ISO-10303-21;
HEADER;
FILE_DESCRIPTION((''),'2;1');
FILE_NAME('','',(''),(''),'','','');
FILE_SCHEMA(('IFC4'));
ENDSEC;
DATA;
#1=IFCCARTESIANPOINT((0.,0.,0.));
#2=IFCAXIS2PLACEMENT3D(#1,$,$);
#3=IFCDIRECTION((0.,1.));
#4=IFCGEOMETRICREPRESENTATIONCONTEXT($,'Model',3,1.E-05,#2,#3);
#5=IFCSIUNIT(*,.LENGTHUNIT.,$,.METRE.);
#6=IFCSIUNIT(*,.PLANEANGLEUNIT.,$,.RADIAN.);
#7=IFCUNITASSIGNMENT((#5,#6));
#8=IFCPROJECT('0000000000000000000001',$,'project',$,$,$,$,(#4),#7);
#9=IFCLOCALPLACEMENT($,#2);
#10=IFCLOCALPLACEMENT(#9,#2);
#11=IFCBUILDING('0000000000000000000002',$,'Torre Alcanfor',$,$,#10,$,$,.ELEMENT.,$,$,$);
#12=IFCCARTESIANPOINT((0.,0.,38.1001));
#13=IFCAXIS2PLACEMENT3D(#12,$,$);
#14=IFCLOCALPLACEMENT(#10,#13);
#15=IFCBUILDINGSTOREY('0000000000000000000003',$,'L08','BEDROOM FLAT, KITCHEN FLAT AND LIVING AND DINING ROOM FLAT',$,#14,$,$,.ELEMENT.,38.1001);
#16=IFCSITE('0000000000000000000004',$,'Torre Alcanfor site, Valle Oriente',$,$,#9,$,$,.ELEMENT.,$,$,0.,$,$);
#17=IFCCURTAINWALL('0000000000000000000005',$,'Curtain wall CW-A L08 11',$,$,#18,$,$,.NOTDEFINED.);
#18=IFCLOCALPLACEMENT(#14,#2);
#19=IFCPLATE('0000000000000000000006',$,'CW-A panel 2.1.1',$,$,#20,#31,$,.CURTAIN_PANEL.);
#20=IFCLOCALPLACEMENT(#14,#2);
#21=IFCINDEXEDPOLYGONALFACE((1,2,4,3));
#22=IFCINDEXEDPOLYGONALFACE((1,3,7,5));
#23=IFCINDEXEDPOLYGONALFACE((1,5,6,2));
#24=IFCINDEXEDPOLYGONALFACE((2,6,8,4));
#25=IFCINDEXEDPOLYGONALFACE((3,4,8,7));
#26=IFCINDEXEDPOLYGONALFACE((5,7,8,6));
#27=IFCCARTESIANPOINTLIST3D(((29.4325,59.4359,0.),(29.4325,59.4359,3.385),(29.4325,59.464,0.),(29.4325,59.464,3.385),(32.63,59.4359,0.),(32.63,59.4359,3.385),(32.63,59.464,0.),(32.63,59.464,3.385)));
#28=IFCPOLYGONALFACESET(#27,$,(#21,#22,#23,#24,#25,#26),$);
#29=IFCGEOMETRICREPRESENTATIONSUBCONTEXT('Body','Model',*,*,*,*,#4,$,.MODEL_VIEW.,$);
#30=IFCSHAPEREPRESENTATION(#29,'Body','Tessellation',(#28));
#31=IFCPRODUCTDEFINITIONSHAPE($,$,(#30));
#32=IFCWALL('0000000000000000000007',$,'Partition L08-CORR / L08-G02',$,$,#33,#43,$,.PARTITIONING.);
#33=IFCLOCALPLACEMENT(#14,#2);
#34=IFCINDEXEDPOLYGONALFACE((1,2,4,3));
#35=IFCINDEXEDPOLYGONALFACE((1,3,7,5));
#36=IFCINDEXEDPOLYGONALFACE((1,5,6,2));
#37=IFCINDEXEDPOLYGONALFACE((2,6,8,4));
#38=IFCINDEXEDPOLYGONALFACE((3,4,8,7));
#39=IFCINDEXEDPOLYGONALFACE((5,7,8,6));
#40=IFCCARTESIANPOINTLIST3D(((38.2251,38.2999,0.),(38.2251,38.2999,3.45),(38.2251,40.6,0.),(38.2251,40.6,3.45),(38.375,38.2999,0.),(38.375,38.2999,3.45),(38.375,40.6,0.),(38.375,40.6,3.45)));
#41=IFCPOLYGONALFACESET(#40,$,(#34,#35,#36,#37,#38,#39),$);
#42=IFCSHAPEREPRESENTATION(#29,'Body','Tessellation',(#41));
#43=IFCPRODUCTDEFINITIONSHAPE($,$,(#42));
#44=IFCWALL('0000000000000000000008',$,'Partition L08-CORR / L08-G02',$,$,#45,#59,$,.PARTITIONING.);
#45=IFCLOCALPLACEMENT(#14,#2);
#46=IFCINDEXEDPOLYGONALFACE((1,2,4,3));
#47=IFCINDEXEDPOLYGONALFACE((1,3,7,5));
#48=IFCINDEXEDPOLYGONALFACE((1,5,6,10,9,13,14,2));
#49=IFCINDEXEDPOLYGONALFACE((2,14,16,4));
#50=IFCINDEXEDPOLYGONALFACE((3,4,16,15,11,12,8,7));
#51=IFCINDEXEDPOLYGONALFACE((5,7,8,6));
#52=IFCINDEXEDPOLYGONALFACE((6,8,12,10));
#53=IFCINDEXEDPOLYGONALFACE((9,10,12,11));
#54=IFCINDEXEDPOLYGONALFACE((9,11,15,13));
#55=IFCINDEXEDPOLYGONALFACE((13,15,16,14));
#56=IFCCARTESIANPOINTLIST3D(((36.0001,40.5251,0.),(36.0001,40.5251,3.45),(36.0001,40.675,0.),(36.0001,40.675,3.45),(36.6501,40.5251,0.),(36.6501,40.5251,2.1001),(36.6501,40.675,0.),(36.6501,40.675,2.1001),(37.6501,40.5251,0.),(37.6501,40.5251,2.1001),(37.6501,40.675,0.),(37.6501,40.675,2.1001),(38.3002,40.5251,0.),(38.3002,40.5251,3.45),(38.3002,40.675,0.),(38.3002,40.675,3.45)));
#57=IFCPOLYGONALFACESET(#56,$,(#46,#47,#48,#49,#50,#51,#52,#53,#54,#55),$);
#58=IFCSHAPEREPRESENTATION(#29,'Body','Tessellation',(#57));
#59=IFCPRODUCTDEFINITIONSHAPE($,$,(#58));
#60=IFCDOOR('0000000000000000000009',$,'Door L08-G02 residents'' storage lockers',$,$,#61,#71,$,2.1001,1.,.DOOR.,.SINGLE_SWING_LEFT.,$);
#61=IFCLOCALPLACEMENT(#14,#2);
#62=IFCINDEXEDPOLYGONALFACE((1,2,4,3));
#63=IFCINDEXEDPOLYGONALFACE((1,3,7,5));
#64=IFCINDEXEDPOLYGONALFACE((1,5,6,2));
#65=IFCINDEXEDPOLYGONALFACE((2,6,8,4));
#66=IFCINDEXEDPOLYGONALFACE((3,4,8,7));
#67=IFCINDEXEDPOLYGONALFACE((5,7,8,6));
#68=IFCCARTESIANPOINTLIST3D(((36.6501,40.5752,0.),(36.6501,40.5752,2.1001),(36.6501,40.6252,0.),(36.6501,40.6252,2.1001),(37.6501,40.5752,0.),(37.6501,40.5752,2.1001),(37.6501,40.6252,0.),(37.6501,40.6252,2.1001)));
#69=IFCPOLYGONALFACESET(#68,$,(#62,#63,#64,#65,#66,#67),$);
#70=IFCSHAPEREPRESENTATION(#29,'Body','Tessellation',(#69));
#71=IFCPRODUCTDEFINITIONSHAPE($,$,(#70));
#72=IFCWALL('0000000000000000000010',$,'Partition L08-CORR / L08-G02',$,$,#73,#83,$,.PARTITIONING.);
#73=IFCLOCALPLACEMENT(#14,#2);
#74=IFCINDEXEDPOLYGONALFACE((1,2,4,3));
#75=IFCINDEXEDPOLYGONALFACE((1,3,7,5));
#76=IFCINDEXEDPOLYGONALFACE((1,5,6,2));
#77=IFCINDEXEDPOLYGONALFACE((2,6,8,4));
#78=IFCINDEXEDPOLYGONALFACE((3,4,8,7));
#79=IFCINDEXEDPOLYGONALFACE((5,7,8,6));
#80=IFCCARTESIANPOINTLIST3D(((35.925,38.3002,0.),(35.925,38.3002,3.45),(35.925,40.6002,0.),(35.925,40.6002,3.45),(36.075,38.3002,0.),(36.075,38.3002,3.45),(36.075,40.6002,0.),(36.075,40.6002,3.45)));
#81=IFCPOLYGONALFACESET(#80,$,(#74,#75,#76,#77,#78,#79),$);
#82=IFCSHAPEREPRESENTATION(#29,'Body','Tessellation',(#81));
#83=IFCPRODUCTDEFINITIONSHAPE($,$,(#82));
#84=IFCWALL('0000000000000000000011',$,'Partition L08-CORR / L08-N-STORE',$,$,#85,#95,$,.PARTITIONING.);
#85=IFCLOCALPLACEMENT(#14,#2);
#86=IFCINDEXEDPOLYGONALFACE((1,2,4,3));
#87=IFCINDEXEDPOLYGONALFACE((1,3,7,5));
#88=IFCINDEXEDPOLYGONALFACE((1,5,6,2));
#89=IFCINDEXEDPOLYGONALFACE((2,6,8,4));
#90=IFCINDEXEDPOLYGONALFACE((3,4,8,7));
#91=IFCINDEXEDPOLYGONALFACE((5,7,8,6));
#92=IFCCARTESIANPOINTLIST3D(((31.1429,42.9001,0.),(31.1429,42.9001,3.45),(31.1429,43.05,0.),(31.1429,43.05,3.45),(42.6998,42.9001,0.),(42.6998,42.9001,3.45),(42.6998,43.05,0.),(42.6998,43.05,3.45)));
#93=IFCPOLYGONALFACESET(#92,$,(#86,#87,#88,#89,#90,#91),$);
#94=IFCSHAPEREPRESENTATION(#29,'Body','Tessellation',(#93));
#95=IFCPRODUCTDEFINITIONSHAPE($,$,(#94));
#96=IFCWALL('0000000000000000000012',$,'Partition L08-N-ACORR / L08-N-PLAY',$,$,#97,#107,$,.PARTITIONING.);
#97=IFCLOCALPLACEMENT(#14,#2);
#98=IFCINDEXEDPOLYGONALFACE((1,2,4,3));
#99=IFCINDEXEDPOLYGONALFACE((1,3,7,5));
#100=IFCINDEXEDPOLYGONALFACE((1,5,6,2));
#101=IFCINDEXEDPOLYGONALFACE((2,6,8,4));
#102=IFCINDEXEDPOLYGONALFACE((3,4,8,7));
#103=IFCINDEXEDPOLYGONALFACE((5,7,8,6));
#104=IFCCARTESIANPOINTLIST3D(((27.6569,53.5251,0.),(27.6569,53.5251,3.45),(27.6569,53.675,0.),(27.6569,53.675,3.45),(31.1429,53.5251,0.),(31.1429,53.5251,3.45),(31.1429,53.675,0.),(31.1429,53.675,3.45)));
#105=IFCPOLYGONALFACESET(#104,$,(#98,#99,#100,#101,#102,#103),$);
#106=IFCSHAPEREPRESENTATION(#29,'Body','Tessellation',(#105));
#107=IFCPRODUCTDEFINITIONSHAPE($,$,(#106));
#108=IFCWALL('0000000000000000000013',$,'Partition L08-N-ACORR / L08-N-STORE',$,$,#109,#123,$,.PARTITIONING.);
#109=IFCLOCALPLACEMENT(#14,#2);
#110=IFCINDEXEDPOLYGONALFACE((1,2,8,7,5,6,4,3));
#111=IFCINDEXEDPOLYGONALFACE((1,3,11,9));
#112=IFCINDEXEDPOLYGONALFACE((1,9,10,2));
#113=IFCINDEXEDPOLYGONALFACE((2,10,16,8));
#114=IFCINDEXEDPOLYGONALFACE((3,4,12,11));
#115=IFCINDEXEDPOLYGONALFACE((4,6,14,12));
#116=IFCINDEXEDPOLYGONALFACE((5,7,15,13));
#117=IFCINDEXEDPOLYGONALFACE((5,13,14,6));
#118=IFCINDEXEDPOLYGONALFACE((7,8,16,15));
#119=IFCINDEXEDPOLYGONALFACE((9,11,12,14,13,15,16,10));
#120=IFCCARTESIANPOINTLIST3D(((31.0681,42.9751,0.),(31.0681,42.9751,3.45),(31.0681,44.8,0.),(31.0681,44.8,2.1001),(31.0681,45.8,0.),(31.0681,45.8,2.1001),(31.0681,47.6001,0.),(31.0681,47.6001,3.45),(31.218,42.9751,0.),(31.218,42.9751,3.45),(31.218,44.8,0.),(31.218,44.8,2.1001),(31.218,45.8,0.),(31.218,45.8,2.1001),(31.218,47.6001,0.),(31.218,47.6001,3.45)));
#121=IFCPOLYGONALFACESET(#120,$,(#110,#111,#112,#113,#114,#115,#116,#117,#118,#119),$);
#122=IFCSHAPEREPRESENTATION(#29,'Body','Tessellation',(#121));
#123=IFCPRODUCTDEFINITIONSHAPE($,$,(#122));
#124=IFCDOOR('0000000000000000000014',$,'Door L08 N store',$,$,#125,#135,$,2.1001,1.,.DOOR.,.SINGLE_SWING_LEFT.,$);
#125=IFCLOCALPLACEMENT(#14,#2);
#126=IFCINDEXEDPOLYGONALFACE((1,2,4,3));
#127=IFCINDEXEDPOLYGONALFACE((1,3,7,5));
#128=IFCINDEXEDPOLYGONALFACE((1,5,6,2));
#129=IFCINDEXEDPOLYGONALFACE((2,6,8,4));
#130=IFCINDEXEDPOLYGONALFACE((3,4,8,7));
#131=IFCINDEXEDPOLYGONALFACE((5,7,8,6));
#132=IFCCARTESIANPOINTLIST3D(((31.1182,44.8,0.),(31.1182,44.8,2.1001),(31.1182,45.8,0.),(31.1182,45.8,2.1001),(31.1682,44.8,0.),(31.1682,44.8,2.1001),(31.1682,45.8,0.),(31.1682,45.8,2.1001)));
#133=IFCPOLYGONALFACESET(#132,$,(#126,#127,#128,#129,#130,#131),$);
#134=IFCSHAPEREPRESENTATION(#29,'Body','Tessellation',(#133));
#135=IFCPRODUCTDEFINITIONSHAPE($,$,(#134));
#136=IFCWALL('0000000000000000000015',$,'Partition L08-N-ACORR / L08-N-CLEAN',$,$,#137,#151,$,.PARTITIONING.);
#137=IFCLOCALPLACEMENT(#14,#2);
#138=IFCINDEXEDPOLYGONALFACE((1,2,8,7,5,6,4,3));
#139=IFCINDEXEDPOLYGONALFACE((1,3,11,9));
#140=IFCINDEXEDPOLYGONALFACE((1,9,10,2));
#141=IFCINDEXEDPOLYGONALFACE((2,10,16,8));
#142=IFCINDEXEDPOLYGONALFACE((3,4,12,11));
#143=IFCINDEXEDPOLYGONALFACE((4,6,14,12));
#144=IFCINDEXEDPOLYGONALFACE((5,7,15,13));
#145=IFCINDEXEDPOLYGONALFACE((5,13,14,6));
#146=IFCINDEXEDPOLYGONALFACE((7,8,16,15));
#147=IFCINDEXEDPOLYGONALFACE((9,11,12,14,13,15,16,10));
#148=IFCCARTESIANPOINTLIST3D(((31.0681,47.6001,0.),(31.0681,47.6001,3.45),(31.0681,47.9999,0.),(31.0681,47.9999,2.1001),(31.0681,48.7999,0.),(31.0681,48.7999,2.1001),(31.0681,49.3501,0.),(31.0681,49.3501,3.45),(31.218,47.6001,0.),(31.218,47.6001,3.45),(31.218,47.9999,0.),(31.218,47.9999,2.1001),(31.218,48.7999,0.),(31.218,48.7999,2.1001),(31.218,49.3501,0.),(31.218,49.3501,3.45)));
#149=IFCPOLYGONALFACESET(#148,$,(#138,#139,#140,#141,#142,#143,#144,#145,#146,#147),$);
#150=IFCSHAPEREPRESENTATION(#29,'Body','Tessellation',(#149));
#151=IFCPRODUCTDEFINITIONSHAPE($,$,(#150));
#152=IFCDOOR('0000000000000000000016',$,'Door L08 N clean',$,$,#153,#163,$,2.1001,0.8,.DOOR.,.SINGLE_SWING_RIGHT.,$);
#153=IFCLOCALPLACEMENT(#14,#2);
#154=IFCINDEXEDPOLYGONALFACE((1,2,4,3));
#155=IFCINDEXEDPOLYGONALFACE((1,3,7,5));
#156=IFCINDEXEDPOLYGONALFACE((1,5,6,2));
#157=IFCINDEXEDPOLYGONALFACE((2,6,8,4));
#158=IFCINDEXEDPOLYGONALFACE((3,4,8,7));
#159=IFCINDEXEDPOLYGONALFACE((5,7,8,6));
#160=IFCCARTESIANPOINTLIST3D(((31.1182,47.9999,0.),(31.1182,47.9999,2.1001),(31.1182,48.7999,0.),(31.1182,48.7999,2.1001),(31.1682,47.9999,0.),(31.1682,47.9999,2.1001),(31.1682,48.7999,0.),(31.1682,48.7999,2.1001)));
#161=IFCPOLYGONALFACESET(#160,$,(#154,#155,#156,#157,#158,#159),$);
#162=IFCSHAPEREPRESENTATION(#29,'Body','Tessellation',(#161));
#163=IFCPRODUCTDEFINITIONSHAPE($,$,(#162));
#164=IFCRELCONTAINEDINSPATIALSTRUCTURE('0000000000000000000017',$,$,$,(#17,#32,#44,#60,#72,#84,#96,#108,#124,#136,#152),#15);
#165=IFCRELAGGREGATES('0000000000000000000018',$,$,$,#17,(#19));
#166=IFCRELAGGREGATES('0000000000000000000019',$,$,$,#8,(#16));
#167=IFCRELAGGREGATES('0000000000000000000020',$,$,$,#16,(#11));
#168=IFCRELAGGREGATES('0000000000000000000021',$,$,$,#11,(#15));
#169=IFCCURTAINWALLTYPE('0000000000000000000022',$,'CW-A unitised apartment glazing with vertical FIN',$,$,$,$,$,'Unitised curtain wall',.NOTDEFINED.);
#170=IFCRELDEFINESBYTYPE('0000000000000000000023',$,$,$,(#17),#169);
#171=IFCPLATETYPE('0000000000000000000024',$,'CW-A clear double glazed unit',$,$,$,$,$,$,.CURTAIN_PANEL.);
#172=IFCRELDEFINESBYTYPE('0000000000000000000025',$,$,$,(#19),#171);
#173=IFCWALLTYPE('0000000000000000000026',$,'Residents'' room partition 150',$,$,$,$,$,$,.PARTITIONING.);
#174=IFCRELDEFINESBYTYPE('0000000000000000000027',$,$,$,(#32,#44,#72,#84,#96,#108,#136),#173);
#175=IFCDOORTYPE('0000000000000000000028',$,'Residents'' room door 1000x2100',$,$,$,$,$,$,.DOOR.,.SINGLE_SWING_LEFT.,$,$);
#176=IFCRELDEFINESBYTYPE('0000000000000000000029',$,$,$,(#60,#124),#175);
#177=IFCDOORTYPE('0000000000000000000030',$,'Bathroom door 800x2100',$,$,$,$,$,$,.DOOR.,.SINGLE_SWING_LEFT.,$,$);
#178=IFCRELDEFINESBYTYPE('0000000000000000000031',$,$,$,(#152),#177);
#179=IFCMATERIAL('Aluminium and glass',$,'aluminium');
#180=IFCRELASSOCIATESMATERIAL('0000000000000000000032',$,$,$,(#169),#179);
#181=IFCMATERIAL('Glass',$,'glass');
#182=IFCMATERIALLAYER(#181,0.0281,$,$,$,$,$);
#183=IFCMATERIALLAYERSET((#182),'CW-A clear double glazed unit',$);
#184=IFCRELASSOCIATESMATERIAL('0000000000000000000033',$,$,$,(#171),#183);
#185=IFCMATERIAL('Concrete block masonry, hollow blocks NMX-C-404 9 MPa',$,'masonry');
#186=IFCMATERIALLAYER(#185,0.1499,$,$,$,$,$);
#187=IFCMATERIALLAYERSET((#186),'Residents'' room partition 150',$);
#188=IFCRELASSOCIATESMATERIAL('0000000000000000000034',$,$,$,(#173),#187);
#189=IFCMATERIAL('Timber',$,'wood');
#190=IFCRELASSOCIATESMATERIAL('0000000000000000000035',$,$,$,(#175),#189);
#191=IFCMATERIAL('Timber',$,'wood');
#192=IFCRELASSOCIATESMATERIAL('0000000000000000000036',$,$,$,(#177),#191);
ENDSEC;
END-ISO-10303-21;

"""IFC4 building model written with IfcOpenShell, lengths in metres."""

from ifc_helpers import new_model, si_unit, direction, frame, frame_2d, origin, origin_2d, place, context, subcontext, project, spatial, rectangle, extrude, material, layer, layer_set, type_object, element, fill, aggregate, save


model = new_model("IFC4")

# Units and contexts
model_context = context("Model", 3, precision=1e-05, world=origin(), true_north=direction((0.0, 1.0)))
body_context = subcontext(model_context, "Body", "Model", "MODEL_VIEW")
ifc_project = project(units=[si_unit("LENGTHUNIT", "METRE"), si_unit("PLANEANGLEUNIT", "RADIAN")], contexts=[model_context])

# Site, building, storey
site_placement = place(None, origin())
site = spatial("IfcSite", under=ifc_project, at=site_placement, Name="Torre Alcanfor site, Valle Oriente", CompositionType="ELEMENT", RefElevation=0.0)
building_placement = place(site_placement, origin())
building = spatial("IfcBuilding", under=site, at=building_placement, Name="Torre Alcanfor", CompositionType="ELEMENT")
storey_placement = place(building_placement, frame((0.0, 0.0, 38.1001)))
storey = spatial("IfcBuildingStorey", under=building, at=storey_placement, Name="L08", Description="BEDROOM FLAT, KITCHEN FLAT AND LIVING AND DINING ROOM FLAT", CompositionType="ELEMENT", Elevation=38.1001)

# Curtain wall
ifc_material_1 = material(Name="Aluminium and glass", Category="aluminium")
curtain_wall_type = type_object("IfcCurtainWallType", Name="CW-A unitised apartment glazing with vertical FIN", ElementType="Unitised curtain wall", PredefinedType="NOTDEFINED", material=ifc_material_1)
curtain_wall_placement = place(storey_placement, origin())
curtain_wall = element("IfcCurtainWall", 1, at=curtain_wall_placement, inside=storey, type_object=curtain_wall_type, Name="Curtain wall CW-A L08 11", PredefinedType="NOTDEFINED")

# Plate
ifc_material_2 = material(Name="Glass", Category="glass")
ifc_layer_1 = layer(ifc_material_2, 0.0281)
ifc_layer_set_1 = layer_set([ifc_layer_1], Name="CW-A clear double glazed unit")
plate_type = type_object("IfcPlateType", Name="CW-A clear double glazed unit", PredefinedType="CURTAIN_PANEL", material=ifc_layer_set_1)
plate_1_placement = place(storey_placement, frame((31.0312, 59.45, 0.0), z_axis=(0.0, 0.0, 1.0), x_axis=(-1.0, 0.0, 0.0)))
plate_1 = element("IfcPlate", 2, at=plate_1_placement, type_object=plate_type, Name="CW-A panel 2.1.1", PredefinedType="CURTAIN_PANEL", context=body_context, shape_type="SweptSolid", body=[
    extrude(rectangle(XDim=3.1975, YDim=0.0281, at=origin_2d()), origin(), (0.0, 0.0, 1.0), 3.385),
])
aggregate(curtain_wall, [plate_1])

# Wall
ifc_material_3 = material(Name="Concrete block masonry, hollow blocks NMX-C-404 9 MPa", Category="masonry")
ifc_layer_2 = layer(ifc_material_3, 0.1499)
ifc_layer_set_2 = layer_set([ifc_layer_2], Name="Residents' room partition 150")
wall_type = type_object("IfcWallType", Name="Residents' room partition 150", PredefinedType="PARTITIONING", material=ifc_layer_set_2)
wall_1_placement = place(storey_placement, frame((38.3, 38.3, 0.0), z_axis=(0.0, 0.0, 1.0), x_axis=(0.0, 1.0, 0.0)))
element("IfcWall", 3, at=wall_1_placement, inside=storey, type_object=wall_type, Name="Partition L08-CORR / L08-G02", PredefinedType="PARTITIONING", context=body_context, shape_type="SweptSolid", body=[
    extrude(rectangle(XDim=2.3, YDim=0.1499, at=frame_2d((1.1499, 0.0))), origin(), (0.0, 0.0, 1.0), 3.45),
])

# Wall, opening, door
wall_2_placement = place(storey_placement, frame((38.3, 40.6001, 0.0), z_axis=(0.0, 0.0, 1.0), x_axis=(-1.0, 0.0, 0.0)))
wall_2 = element("IfcWall", 4, at=wall_2_placement, inside=storey, type_object=wall_type, Name="Partition L08-CORR / L08-G02", PredefinedType="PARTITIONING", context=body_context, shape_type="SweptSolid", body=[
    extrude(rectangle(XDim=2.3, YDim=0.1499, at=frame_2d((1.1499, 0.0))), origin(), (0.0, 0.0, 1.0), 3.45),
])
opening_1_placement = place(wall_2_placement, frame((0.6499, 0.0, 0.0)))
opening_1 = element("IfcOpeningElement", 5, at=opening_1_placement, cuts=wall_2, PredefinedType="OPENING", context=body_context, shape_type="SweptSolid", body=[
    extrude(rectangle(XDim=1.0, YDim=2.1001, at=frame_2d((0.5, 1.05))), frame((0.0, 0.085, 0.0), z_axis=(0.0, -1.0, 0.0), x_axis=(1.0, 0.0, 0.0)), (0.0, 0.0, 1.0), 0.1699),
])
ifc_material_4 = material(Name="Timber", Category="wood")
door_type_1 = type_object("IfcDoorType", Name="Residents' room door 1000x2100", OperationType="SINGLE_SWING_LEFT", PredefinedType="DOOR", material=ifc_material_4)
door_1_placement = place(opening_1_placement, origin())
door_1 = element("IfcDoor", 6, at=door_1_placement, inside=storey, type_object=door_type_1, Name="Door L08-G02 residents' storage lockers", OperationType="SINGLE_SWING_LEFT", OverallHeight=2.1001, OverallWidth=1.0, PredefinedType="DOOR", context=body_context, shape_type="SweptSolid", body=[
    extrude(rectangle(XDim=1.0, YDim=2.1001, at=frame_2d((0.5, 1.05))), frame((0.0, 0.0249, 0.0), z_axis=(0.0, -1.0, 0.0), x_axis=(1.0, 0.0, 0.0)), (0.0, 0.0, 1.0), 0.05),
])
fill(opening_1, door_1)

# Walls
wall_3_placement = place(storey_placement, frame((36.0, 40.6001, 0.0), z_axis=(0.0, 0.0, 1.0), x_axis=(0.0, -1.0, 0.0)))
element("IfcWall", 7, at=wall_3_placement, inside=storey, type_object=wall_type, Name="Partition L08-CORR / L08-G02", PredefinedType="PARTITIONING", context=body_context, shape_type="SweptSolid", body=[
    extrude(rectangle(XDim=2.3, YDim=0.1499, at=frame_2d((1.1499, 0.0))), origin(), (0.0, 0.0, 1.0), 3.45),
])
wall_4_placement = place(storey_placement, frame((31.1431, 42.9751, 0.0), z_axis=(0.0, 0.0, 1.0), x_axis=(1.0, 0.0, 0.0)))
element("IfcWall", 8, at=wall_4_placement, inside=storey, type_object=wall_type, Name="Partition L08-CORR / L08-N-STORE", PredefinedType="PARTITIONING", context=body_context, shape_type="SweptSolid", body=[
    extrude(rectangle(XDim=11.5569, YDim=0.1499, at=frame_2d((5.7783, 0.0))), origin(), (0.0, 0.0, 1.0), 3.45),
])
wall_5_placement = place(storey_placement, frame((31.1431, 53.6001, 0.0), z_axis=(0.0, 0.0, 1.0), x_axis=(-1.0, 0.0, 0.0)))
element("IfcWall", 9, at=wall_5_placement, inside=storey, type_object=wall_type, Name="Partition L08-N-ACORR / L08-N-PLAY", PredefinedType="PARTITIONING", context=body_context, shape_type="SweptSolid", body=[
    extrude(rectangle(XDim=3.4861, YDim=0.1499, at=frame_2d((1.7432, 0.0))), origin(), (0.0, 0.0, 1.0), 3.45),
])

# Walls, openings, doors
wall_6_placement = place(storey_placement, frame((31.1431, 42.9751, 0.0), z_axis=(0.0, 0.0, 1.0), x_axis=(0.0, 1.0, 0.0)))
wall_6 = element("IfcWall", 10, at=wall_6_placement, inside=storey, type_object=wall_type, Name="Partition L08-N-ACORR / L08-N-STORE", PredefinedType="PARTITIONING", context=body_context, shape_type="SweptSolid", body=[
    extrude(rectangle(XDim=4.625, YDim=0.1499, at=frame_2d((2.3125, 0.0))), origin(), (0.0, 0.0, 1.0), 3.45),
])
opening_2_placement = place(wall_6_placement, frame((1.825, 0.0, 0.0)))
opening_2 = element("IfcOpeningElement", 11, at=opening_2_placement, cuts=wall_6, PredefinedType="OPENING", context=body_context, shape_type="SweptSolid", body=[
    extrude(rectangle(XDim=1.0, YDim=2.1001, at=frame_2d((0.5, 1.05))), frame((0.0, 0.085, 0.0), z_axis=(0.0, -1.0, 0.0), x_axis=(1.0, 0.0, 0.0)), (0.0, 0.0, 1.0), 0.1699),
])
door_2_placement = place(opening_2_placement, frame((1.0, 0.0, 0.0), z_axis=(0.0, 0.0, 1.0), x_axis=(-1.0, 0.0, 0.0)))
door_2 = element("IfcDoor", 12, at=door_2_placement, inside=storey, type_object=door_type_1, Name="Door L08 N store", OperationType="SINGLE_SWING_LEFT", OverallHeight=2.1001, OverallWidth=1.0, PredefinedType="DOOR", context=body_context, shape_type="SweptSolid", body=[
    extrude(rectangle(XDim=1.0, YDim=2.1001, at=frame_2d((0.5, 1.05))), frame((0.0, 0.0251, 0.0), z_axis=(0.0, -1.0, 0.0), x_axis=(1.0, 0.0, 0.0)), (0.0, 0.0, 1.0), 0.05),
])
fill(opening_2, door_2)
wall_7_placement = place(storey_placement, frame((31.1431, 47.6001, 0.0), z_axis=(0.0, 0.0, 1.0), x_axis=(0.0, 1.0, 0.0)))
wall_7 = element("IfcWall", 13, at=wall_7_placement, inside=storey, type_object=wall_type, Name="Partition L08-N-ACORR / L08-N-CLEAN", PredefinedType="PARTITIONING", context=body_context, shape_type="SweptSolid", body=[
    extrude(rectangle(XDim=1.75, YDim=0.1499, at=frame_2d((0.875, 0.0))), origin(), (0.0, 0.0, 1.0), 3.45),
])
opening_3_placement = place(wall_7_placement, frame((0.3999, 0.0, 0.0)))
opening_3 = element("IfcOpeningElement", 14, at=opening_3_placement, cuts=wall_7, PredefinedType="OPENING", context=body_context, shape_type="SweptSolid", body=[
    extrude(rectangle(XDim=0.8, YDim=2.1001, at=frame_2d((0.3999, 1.05))), frame((0.0, 0.085, 0.0), z_axis=(0.0, -1.0, 0.0), x_axis=(1.0, 0.0, 0.0)), (0.0, 0.0, 1.0), 0.1699),
])
ifc_material_5 = material(Name="Timber", Category="wood")
door_type_2 = type_object("IfcDoorType", Name="Bathroom door 800x2100", OperationType="SINGLE_SWING_LEFT", PredefinedType="DOOR", material=ifc_material_5)
door_3_placement = place(opening_3_placement, frame((0.8, 0.0, 0.0), z_axis=(0.0, 0.0, 1.0), x_axis=(-1.0, 0.0, 0.0)))
door_3 = element("IfcDoor", 15, at=door_3_placement, inside=storey, type_object=door_type_2, Name="Door L08 N clean", OperationType="SINGLE_SWING_RIGHT", OverallHeight=2.1001, OverallWidth=0.8, PredefinedType="DOOR", context=body_context, shape_type="SweptSolid", body=[
    extrude(rectangle(XDim=0.8, YDim=2.1001, at=frame_2d((0.4001, 1.05))), frame((0.0, 0.0251, 0.0), z_axis=(0.0, -1.0, 0.0), x_axis=(1.0, 0.0, 0.0)), (0.0, 0.0, 1.0), 0.05),
])
fill(opening_3, door_3)

save(model, "model.ifc")
